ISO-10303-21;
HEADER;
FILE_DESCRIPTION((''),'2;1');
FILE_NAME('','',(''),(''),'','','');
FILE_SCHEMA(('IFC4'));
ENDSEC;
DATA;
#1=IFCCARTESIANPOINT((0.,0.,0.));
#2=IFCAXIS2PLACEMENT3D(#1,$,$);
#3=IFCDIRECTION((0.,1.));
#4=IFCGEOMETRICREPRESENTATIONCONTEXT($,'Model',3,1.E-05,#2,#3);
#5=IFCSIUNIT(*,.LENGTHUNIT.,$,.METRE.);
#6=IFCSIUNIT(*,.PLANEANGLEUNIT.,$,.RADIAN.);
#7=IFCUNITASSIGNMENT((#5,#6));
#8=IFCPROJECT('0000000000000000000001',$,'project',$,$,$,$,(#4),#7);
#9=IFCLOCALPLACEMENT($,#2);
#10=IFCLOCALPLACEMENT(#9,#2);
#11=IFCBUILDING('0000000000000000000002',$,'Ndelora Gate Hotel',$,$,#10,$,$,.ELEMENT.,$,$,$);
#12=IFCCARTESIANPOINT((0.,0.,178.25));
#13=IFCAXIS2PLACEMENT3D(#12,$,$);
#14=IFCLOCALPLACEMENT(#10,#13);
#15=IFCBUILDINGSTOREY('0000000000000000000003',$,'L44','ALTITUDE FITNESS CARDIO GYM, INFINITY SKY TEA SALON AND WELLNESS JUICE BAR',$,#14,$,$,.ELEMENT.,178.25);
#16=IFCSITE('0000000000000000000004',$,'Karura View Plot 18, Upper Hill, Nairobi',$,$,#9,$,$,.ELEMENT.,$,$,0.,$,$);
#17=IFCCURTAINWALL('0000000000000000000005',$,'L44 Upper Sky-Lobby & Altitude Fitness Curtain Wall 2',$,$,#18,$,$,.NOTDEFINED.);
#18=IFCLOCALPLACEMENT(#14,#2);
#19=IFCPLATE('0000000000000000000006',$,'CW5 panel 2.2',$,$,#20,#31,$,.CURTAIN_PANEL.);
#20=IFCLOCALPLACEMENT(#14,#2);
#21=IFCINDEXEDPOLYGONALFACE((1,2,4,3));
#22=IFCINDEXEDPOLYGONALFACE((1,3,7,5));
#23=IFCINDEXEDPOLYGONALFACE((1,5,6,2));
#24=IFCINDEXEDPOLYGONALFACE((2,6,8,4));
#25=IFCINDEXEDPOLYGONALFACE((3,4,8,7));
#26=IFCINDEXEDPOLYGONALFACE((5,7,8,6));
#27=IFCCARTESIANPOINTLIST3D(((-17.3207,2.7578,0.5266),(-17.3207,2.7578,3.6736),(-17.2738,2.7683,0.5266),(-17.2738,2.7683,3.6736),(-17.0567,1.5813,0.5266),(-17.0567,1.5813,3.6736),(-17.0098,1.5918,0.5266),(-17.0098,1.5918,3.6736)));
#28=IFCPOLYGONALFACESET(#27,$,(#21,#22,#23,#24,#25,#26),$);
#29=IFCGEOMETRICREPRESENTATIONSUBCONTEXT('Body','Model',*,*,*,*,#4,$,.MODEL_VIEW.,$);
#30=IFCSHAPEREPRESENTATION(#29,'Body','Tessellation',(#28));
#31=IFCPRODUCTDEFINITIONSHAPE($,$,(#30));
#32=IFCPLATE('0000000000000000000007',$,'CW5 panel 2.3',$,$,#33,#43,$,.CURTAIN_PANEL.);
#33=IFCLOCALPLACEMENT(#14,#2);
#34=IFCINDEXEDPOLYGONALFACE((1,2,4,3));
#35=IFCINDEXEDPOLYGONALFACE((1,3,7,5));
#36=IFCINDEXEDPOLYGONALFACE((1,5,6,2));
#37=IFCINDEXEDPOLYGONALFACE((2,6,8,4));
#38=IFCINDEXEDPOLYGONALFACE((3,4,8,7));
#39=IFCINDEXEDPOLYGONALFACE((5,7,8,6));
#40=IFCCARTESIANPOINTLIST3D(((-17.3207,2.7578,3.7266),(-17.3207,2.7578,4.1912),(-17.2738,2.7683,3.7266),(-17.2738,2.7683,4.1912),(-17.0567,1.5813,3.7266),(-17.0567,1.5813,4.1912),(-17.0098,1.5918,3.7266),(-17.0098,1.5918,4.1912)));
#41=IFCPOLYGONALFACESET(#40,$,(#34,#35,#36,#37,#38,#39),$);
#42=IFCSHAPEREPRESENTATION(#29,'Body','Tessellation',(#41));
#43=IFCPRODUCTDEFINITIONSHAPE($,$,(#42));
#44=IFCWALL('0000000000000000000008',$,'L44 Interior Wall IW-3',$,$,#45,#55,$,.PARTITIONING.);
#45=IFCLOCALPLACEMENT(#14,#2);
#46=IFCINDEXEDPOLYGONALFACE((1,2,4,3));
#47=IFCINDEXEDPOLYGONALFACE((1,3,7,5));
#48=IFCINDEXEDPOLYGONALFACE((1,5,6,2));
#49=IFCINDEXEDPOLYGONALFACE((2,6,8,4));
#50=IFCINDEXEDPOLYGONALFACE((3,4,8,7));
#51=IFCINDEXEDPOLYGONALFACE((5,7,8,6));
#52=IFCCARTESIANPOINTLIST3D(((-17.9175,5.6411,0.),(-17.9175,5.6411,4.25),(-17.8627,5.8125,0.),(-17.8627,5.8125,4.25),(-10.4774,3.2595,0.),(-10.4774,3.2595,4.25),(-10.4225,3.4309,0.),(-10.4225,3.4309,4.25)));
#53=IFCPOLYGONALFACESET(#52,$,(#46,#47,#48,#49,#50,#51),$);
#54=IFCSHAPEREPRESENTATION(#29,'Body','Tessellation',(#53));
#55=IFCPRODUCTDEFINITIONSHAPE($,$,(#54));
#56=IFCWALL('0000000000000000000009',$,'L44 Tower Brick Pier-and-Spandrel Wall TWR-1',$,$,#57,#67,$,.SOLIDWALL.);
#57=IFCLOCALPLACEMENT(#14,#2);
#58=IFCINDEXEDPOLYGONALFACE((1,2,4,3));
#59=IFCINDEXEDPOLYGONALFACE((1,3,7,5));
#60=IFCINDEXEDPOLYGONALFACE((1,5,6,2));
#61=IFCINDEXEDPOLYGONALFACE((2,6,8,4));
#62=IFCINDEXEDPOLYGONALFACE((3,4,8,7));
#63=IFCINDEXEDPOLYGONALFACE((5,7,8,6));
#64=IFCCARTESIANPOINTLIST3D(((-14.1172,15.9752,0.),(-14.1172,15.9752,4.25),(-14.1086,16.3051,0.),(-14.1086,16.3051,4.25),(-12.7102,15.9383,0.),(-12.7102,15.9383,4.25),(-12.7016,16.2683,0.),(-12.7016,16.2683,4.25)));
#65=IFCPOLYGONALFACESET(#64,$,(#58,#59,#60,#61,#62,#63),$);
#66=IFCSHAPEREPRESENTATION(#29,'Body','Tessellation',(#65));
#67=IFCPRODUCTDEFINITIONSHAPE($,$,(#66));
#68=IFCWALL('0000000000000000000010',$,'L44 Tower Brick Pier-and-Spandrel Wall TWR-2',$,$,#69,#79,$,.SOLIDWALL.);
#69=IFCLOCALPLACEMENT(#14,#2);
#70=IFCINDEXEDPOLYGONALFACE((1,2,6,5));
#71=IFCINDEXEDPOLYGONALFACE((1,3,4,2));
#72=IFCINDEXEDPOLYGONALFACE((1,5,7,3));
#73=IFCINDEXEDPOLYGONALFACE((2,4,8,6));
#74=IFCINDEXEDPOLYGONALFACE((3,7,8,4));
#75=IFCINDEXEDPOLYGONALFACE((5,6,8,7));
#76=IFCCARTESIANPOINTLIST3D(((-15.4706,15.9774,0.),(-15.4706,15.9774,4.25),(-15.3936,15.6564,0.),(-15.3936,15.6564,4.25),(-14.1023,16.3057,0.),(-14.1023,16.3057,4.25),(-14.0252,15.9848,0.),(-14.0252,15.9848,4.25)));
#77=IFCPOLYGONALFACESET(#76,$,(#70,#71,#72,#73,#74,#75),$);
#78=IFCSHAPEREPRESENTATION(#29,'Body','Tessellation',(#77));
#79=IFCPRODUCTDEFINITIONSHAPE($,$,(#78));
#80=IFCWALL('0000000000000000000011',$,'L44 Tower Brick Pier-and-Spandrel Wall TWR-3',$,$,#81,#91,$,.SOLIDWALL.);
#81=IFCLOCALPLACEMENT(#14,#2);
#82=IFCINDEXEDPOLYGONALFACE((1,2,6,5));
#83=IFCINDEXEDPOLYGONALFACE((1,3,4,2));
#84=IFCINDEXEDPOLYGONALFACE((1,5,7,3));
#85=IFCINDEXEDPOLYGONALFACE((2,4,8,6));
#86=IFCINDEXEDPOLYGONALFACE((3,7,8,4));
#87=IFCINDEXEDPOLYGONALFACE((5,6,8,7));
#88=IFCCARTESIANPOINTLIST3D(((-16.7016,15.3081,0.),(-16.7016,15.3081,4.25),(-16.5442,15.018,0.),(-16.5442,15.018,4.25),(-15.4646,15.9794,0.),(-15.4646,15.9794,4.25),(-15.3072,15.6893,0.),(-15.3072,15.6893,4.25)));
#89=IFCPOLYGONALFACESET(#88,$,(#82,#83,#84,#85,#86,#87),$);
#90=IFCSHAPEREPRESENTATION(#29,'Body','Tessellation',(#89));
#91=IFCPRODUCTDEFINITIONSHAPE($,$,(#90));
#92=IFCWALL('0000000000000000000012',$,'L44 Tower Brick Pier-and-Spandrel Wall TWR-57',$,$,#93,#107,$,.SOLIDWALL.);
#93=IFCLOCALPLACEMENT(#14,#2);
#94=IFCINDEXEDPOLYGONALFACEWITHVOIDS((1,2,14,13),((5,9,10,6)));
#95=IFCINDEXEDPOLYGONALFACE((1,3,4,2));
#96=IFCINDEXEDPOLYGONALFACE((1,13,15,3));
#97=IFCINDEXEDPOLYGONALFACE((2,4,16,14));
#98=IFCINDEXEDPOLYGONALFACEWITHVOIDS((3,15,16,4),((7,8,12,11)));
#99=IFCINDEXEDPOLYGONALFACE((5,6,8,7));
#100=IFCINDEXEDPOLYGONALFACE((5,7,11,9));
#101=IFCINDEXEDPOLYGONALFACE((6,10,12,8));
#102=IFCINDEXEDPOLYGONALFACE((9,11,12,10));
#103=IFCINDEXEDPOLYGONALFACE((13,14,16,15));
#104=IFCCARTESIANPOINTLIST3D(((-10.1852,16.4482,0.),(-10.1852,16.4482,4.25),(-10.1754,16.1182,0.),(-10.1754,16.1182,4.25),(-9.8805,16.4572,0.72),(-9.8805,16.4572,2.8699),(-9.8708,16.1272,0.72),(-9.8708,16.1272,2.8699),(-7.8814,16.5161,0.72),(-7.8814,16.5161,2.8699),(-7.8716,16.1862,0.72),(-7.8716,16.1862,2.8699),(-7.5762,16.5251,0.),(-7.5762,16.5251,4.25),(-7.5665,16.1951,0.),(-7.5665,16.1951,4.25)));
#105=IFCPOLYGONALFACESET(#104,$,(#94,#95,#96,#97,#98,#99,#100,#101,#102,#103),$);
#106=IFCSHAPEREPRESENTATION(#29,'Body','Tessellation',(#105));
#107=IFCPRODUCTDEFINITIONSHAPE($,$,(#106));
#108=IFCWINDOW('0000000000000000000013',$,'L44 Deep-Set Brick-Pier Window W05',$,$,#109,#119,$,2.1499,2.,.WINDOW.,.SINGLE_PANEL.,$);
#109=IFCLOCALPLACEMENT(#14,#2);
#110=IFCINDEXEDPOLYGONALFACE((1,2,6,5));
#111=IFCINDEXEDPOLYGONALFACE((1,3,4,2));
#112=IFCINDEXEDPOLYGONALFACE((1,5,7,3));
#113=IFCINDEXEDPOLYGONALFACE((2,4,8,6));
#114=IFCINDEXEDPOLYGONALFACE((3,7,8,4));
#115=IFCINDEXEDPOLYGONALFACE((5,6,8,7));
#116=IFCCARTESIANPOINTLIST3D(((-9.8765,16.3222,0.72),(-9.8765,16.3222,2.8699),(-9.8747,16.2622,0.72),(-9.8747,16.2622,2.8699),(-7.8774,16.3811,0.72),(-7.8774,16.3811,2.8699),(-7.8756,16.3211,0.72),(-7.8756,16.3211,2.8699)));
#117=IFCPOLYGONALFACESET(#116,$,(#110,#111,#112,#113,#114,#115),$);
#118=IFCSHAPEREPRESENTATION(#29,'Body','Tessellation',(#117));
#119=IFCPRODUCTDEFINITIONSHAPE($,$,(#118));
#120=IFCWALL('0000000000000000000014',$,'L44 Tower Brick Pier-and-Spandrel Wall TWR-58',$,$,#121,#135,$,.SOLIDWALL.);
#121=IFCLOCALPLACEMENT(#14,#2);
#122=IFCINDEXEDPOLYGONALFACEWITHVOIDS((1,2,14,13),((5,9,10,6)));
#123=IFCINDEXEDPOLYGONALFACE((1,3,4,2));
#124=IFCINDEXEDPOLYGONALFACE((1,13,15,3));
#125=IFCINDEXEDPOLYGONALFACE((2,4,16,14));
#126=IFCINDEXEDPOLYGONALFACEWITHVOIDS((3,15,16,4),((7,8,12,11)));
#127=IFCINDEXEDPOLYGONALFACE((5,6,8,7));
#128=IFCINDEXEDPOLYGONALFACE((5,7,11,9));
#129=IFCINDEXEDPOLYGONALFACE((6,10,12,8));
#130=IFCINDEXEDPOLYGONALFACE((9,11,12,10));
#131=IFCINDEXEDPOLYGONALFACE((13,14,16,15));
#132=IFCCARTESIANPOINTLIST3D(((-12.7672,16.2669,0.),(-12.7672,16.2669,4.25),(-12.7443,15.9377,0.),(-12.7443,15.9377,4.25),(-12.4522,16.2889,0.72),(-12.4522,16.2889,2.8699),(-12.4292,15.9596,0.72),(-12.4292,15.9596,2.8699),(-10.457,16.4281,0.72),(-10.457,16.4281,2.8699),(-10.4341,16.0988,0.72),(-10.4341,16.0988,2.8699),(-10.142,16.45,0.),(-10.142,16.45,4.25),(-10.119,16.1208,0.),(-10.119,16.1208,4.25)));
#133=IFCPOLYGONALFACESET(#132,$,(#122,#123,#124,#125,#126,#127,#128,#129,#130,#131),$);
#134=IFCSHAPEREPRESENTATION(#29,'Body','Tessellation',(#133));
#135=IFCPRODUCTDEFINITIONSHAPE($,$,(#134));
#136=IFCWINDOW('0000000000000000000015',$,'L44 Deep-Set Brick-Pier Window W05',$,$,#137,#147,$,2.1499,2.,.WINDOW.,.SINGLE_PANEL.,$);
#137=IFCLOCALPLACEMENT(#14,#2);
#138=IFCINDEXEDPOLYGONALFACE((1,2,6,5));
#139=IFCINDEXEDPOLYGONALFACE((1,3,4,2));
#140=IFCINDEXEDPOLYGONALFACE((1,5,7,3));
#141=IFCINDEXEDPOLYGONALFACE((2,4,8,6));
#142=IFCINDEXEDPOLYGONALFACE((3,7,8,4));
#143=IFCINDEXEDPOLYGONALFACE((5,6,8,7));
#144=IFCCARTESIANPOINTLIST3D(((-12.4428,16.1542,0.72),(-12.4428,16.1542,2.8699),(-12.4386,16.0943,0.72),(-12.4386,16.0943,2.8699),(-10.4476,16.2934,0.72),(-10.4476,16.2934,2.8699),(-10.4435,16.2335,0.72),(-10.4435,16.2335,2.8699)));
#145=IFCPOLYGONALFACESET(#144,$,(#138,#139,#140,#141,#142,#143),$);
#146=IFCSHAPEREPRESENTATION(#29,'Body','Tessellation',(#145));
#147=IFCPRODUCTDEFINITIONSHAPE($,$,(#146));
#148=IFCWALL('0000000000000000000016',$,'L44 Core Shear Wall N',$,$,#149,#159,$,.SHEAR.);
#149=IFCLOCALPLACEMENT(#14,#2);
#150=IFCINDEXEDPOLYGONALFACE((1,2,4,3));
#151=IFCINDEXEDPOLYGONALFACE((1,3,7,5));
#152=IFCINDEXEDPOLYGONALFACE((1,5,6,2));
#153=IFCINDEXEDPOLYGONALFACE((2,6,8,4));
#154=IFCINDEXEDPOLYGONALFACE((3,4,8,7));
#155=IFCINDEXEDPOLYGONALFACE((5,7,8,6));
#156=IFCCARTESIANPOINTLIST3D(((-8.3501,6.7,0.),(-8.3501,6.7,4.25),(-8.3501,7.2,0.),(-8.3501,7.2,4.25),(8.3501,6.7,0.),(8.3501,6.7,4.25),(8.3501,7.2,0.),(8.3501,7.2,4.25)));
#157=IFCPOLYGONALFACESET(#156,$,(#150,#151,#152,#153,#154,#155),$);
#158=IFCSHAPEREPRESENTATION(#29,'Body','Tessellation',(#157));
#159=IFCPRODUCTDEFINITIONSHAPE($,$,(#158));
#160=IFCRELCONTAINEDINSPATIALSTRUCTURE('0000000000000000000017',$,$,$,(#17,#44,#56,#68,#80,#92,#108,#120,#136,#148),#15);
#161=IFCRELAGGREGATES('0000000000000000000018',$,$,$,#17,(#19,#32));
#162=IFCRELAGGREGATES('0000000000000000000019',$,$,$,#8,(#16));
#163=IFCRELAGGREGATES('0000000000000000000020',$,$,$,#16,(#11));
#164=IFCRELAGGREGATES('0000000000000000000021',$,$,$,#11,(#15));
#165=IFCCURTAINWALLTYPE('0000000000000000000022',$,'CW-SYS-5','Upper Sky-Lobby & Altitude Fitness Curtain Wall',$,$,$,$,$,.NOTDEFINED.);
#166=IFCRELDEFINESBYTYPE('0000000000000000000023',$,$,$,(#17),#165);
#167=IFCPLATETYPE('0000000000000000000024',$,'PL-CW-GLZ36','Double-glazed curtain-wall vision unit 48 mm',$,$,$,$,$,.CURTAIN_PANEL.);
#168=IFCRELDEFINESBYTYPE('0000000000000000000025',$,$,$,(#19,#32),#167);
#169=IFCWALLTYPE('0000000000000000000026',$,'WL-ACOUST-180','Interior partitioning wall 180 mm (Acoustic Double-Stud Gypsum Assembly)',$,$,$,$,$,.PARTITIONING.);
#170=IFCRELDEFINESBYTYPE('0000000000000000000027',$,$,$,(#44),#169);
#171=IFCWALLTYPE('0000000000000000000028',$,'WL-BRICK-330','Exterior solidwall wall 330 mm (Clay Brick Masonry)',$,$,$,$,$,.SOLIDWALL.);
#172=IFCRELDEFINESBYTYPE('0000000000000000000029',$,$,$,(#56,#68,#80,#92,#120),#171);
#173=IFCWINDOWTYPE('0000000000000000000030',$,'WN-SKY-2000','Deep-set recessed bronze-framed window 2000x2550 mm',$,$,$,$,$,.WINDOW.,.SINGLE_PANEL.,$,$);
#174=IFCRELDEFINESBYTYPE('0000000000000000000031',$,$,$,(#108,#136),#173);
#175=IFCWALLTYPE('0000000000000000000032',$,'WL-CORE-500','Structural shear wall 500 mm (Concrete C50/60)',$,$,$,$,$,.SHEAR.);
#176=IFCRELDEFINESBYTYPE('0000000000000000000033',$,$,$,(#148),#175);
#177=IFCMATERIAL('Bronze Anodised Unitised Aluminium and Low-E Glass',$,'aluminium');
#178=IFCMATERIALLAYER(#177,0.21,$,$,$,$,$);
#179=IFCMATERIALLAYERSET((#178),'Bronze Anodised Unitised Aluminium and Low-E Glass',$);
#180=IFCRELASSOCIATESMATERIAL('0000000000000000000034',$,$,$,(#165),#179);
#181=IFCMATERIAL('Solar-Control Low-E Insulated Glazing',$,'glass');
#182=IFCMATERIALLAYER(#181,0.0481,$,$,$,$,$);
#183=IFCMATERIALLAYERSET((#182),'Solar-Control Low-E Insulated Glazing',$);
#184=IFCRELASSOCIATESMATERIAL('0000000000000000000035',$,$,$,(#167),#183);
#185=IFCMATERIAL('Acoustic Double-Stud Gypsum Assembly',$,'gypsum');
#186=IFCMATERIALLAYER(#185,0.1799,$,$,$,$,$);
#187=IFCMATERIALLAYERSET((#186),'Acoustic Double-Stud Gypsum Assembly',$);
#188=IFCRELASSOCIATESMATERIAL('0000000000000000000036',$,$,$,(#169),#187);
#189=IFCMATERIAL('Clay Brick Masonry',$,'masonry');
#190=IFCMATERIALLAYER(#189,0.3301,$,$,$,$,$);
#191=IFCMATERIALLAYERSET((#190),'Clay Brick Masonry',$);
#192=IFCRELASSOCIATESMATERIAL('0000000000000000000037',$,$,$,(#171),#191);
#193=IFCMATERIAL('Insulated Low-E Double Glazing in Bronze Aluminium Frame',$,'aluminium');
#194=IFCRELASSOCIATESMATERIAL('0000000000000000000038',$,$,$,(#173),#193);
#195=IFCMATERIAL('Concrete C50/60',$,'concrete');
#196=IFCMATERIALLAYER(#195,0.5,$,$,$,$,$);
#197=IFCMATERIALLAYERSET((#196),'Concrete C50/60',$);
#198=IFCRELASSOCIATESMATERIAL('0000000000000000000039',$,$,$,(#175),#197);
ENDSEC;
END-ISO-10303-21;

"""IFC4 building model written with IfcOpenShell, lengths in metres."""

from ifc_helpers import new_model, si_unit, direction, frame, frame_2d, origin, origin_2d, place, context, subcontext, project, spatial, rectangle, extrude, material, layer, layer_set, type_object, element, fill, aggregate, save


model = new_model("IFC4")

# Units and contexts
model_context = context("Model", 3, precision=1e-05, world=origin(), true_north=direction((0.0, 1.0)))
body_context = subcontext(model_context, "Body", "Model", "MODEL_VIEW")
ifc_project = project(units=[si_unit("LENGTHUNIT", "METRE"), si_unit("PLANEANGLEUNIT", "RADIAN")], contexts=[model_context])

# Site, building, storey
site_placement = place(None, origin())
site = spatial("IfcSite", under=ifc_project, at=site_placement, Name="Karura View Plot 18, Upper Hill, Nairobi", CompositionType="ELEMENT", RefElevation=0.0)
building_placement = place(site_placement, origin())
building = spatial("IfcBuilding", under=site, at=building_placement, Name="Ndelora Gate Hotel", CompositionType="ELEMENT")
storey_placement = place(building_placement, frame((0.0, 0.0, 178.25)))
storey = spatial("IfcBuildingStorey", under=building, at=storey_placement, Name="L44", Description="ALTITUDE FITNESS CARDIO GYM, INFINITY SKY TEA SALON AND WELLNESS JUICE BAR", CompositionType="ELEMENT", Elevation=178.25)

# Shared definitions
ifc_material_1 = material(Name="Concrete C50/60", Category="concrete")

# Curtain wall, plates
ifc_material_2 = material(Name="Bronze Anodised Unitised Aluminium and Low-E Glass", Category="aluminium")
ifc_layer_1 = layer(ifc_material_2, 0.21)
ifc_layer_set_1 = layer_set([ifc_layer_1], Name="Bronze Anodised Unitised Aluminium and Low-E Glass")
curtain_wall_type = type_object("IfcCurtainWallType", Name="CW-SYS-5", Description="Upper Sky-Lobby & Altitude Fitness Curtain Wall", PredefinedType="NOTDEFINED", material=ifc_layer_set_1)
curtain_wall_placement = place(storey_placement, origin())
curtain_wall = element("IfcCurtainWall", 1, at=curtain_wall_placement, inside=storey, type_object=curtain_wall_type, Name="L44 Upper Sky-Lobby & Altitude Fitness Curtain Wall 2", PredefinedType="NOTDEFINED")
ifc_material_3 = material(Name="Solar-Control Low-E Insulated Glazing", Category="glass")
ifc_layer_2 = layer(ifc_material_3, 0.0481)
ifc_layer_set_2 = layer_set([ifc_layer_2], Name="Solar-Control Low-E Insulated Glazing")
plate_type = type_object("IfcPlateType", Name="PL-CW-GLZ36", Description="Double-glazed curtain-wall vision unit 48 mm", PredefinedType="CURTAIN_PANEL", material=ifc_layer_set_2)
plate_1_placement = place(storey_placement, frame((-17.1653, 2.1748, 0.5266), z_axis=(0.0, 0.0, 1.0), x_axis=(0.218939, -0.975739, 0.0)))
plate_1 = element("IfcPlate", 2, at=plate_1_placement, type_object=plate_type, Name="CW5 panel 2.2", PredefinedType="CURTAIN_PANEL", context=body_context, shape_type="SweptSolid", body=[
    extrude(rectangle(XDim=1.2058, YDim=0.0481, at=origin_2d()), origin(), (0.0, 0.0, 1.0), 3.147),
])
plate_2_placement = place(storey_placement, frame((-17.1653, 2.1748, 3.7266), z_axis=(0.0, 0.0, 1.0), x_axis=(0.218939, -0.975739, 0.0)))
plate_2 = element("IfcPlate", 3, at=plate_2_placement, type_object=plate_type, Name="CW5 panel 2.3", PredefinedType="CURTAIN_PANEL", context=body_context, shape_type="SweptSolid", body=[
    extrude(rectangle(XDim=1.2058, YDim=0.0481, at=origin_2d()), origin(), (0.0, 0.0, 1.0), 0.4646),
])
aggregate(curtain_wall, [plate_1, plate_2])

# Walls
ifc_material_4 = material(Name="Acoustic Double-Stud Gypsum Assembly", Category="gypsum")
ifc_layer_3 = layer(ifc_material_4, 0.1799)
ifc_layer_set_3 = layer_set([ifc_layer_3], Name="Acoustic Double-Stud Gypsum Assembly")
wall_type_1 = type_object("IfcWallType", Name="WL-ACOUST-180", Description="Interior partitioning wall 180 mm (Acoustic Double-Stud Gypsum Assembly)", PredefinedType="PARTITIONING", material=ifc_layer_set_3)
wall_1_placement = place(storey_placement, frame((-10.45, 3.3452, 0.0), z_axis=(0.0, 0.0, 1.0), x_axis=(-0.952397, 0.304861, 0.0)))
element("IfcWall", 4, at=wall_1_placement, inside=storey, type_object=wall_type_1, Name="L44 Interior Wall IW-3", PredefinedType="PARTITIONING", context=body_context, shape_type="SweptSolid", body=[
    extrude(rectangle(XDim=7.812, YDim=0.1799, at=frame_2d((3.906, 0.0))), origin(), (0.0, 0.0, 1.0), 4.25),
])
ifc_material_5 = material(Name="Clay Brick Masonry", Category="masonry")
ifc_layer_4 = layer(ifc_material_5, 0.3301)
ifc_layer_set_4 = layer_set([ifc_layer_4], Name="Clay Brick Masonry")
wall_type_2 = type_object("IfcWallType", Name="WL-BRICK-330", Description="Exterior solidwall wall 330 mm (Clay Brick Masonry)", PredefinedType="SOLIDWALL", material=ifc_layer_set_4)
wall_2_placement = place(storey_placement, frame((-14.1128, 16.1401, 0.0), z_axis=(0.0, 0.0, 1.0), x_axis=(0.999657, -0.026193, 0.0)))
element("IfcWall", 5, at=wall_2_placement, inside=storey, type_object=wall_type_2, Name="L44 Tower Brick Pier-and-Spandrel Wall TWR-1", PredefinedType="SOLIDWALL", context=body_context, shape_type="SweptSolid", body=[
    extrude(rectangle(XDim=1.4075, YDim=0.3301, at=frame_2d((0.7036, 0.0))), origin(), (0.0, 0.0, 1.0), 4.25),
])
wall_3_placement = place(storey_placement, frame((-15.4321, 15.8169, 0.0), z_axis=(0.0, 0.0, 1.0), x_axis=(0.972395, 0.23334, 0.0)))
element("IfcWall", 6, at=wall_3_placement, inside=storey, type_object=wall_type_2, Name="L44 Tower Brick Pier-and-Spandrel Wall TWR-2", PredefinedType="SOLIDWALL", context=body_context, shape_type="SweptSolid", body=[
    extrude(rectangle(XDim=1.4072, YDim=0.3301, at=frame_2d((0.7036, 0.0))), origin(), (0.0, 0.0, 1.0), 4.25),
])
wall_4_placement = place(storey_placement, frame((-16.6228, 15.1631, 0.0), z_axis=(0.0, 0.0, 1.0), x_axis=(0.878901, 0.477004, 0.0)))
element("IfcWall", 7, at=wall_4_placement, inside=storey, type_object=wall_type_2, Name="L44 Tower Brick Pier-and-Spandrel Wall TWR-3", PredefinedType="SOLIDWALL", context=body_context, shape_type="SweptSolid", body=[
    extrude(rectangle(XDim=1.4075, YDim=0.3301, at=frame_2d((0.7036, 0.0))), origin(), (0.0, 0.0, 1.0), 4.25),
])

# Walls, openings, windows
wall_5_placement = place(storey_placement, frame((-10.1804, 16.2832, 0.0), z_axis=(0.0, 0.0, 1.0), x_axis=(0.999566, 0.029465, 0.0)))
wall_5 = element("IfcWall", 8, at=wall_5_placement, inside=storey, type_object=wall_type_2, Name="L44 Tower Brick Pier-and-Spandrel Wall TWR-57", PredefinedType="SOLIDWALL", context=body_context, shape_type="SweptSolid", body=[
    extrude(rectangle(XDim=2.6101, YDim=0.3301, at=frame_2d((1.3052, 0.0))), origin(), (0.0, 0.0, 1.0), 4.25),
])
opening_1_placement = place(wall_5_placement, frame((0.3049, 0.0, 0.72)))
opening_1 = element("IfcOpeningElement", 9, at=opening_1_placement, cuts=wall_5, PredefinedType="OPENING", context=body_context, shape_type="SweptSolid", body=[
    extrude(rectangle(XDim=2.0, YDim=2.1499, at=frame_2d((1.0, 1.075))), frame((0.0, 0.175, 0.0), z_axis=(0.0, -1.0, 0.0), x_axis=(1.0, 0.0, 0.0)), (0.0, 0.0, 1.0), 0.3501),
])
ifc_material_6 = material(Name="Insulated Low-E Double Glazing in Bronze Aluminium Frame", Category="aluminium")
window_type = type_object("IfcWindowType", Name="WN-SKY-2000", Description="Deep-set recessed bronze-framed window 2000x2550 mm", PartitioningType="SINGLE_PANEL", PredefinedType="WINDOW", material=ifc_material_6)
window_1_placement = place(opening_1_placement, origin())
window_1 = element("IfcWindow", 10, at=window_1_placement, inside=storey, type_object=window_type, Name="L44 Deep-Set Brick-Pier Window W05", OverallHeight=2.1499, OverallWidth=2.0, PartitioningType="SINGLE_PANEL", PredefinedType="WINDOW", context=body_context, shape_type="SweptSolid", body=[
    extrude(rectangle(XDim=2.0, YDim=2.1499, at=frame_2d((1.0, 1.075))), frame((0.0, 0.03, 0.0), z_axis=(0.0, -1.0, 0.0), x_axis=(1.0, 0.0, 0.0)), (0.0, 0.0, 1.0), 0.0601),
])
fill(opening_1, window_1)
wall_6_placement = place(storey_placement, frame((-12.7559, 16.1023, 0.0), z_axis=(0.0, 0.0, 1.0), x_axis=(0.997576, 0.069579, 0.0)))
wall_6 = element("IfcWall", 11, at=wall_6_placement, inside=storey, type_object=wall_type_2, Name="L44 Tower Brick Pier-and-Spandrel Wall TWR-58", PredefinedType="SOLIDWALL", context=body_context, shape_type="SweptSolid", body=[
    extrude(rectangle(XDim=2.6316, YDim=0.3301, at=frame_2d((1.3159, 0.0))), origin(), (0.0, 0.0, 1.0), 4.25),
])
opening_2_placement = place(wall_6_placement, frame((0.3159, 0.0, 0.72)))
opening_2 = element("IfcOpeningElement", 12, at=opening_2_placement, cuts=wall_6, PredefinedType="OPENING", context=body_context, shape_type="SweptSolid", body=[
    extrude(rectangle(XDim=2.0, YDim=2.1499, at=frame_2d((1.0, 1.075))), frame((0.0, 0.175, 0.0), z_axis=(0.0, -1.0, 0.0), x_axis=(1.0, 0.0, 0.0)), (0.0, 0.0, 1.0), 0.3501),
])
window_2_placement = place(opening_2_placement, origin())
window_2 = element("IfcWindow", 13, at=window_2_placement, inside=storey, type_object=window_type, Name="L44 Deep-Set Brick-Pier Window W05", OverallHeight=2.1499, OverallWidth=2.0, PartitioningType="SINGLE_PANEL", PredefinedType="WINDOW", context=body_context, shape_type="SweptSolid", body=[
    extrude(rectangle(XDim=2.0, YDim=2.1499, at=frame_2d((1.0, 1.075))), frame((0.0, 0.03, 0.0), z_axis=(0.0, -1.0, 0.0), x_axis=(1.0, 0.0, 0.0)), (0.0, 0.0, 1.0), 0.0601),
])
fill(opening_2, window_2)

# Wall
ifc_layer_5 = layer(ifc_material_1, 0.5)
ifc_layer_set_5 = layer_set([ifc_layer_5], Name="Concrete C50/60")
wall_type_3 = type_object("IfcWallType", Name="WL-CORE-500", Description="Structural shear wall 500 mm (Concrete C50/60)", PredefinedType="SHEAR", material=ifc_layer_set_5)
wall_7_placement = place(storey_placement, frame((-8.3501, 6.95, 0.0), z_axis=(0.0, 0.0, 1.0), x_axis=(1.0, 0.0, 0.0)))
element("IfcWall", 14, at=wall_7_placement, inside=storey, type_object=wall_type_3, Name="L44 Core Shear Wall N", PredefinedType="SHEAR", context=body_context, shape_type="SweptSolid", body=[
    extrude(rectangle(XDim=16.7002, YDim=0.5, at=frame_2d((8.3501, 0.0))), origin(), (0.0, 0.0, 1.0), 4.25),
])

save(model, "model.ifc")
